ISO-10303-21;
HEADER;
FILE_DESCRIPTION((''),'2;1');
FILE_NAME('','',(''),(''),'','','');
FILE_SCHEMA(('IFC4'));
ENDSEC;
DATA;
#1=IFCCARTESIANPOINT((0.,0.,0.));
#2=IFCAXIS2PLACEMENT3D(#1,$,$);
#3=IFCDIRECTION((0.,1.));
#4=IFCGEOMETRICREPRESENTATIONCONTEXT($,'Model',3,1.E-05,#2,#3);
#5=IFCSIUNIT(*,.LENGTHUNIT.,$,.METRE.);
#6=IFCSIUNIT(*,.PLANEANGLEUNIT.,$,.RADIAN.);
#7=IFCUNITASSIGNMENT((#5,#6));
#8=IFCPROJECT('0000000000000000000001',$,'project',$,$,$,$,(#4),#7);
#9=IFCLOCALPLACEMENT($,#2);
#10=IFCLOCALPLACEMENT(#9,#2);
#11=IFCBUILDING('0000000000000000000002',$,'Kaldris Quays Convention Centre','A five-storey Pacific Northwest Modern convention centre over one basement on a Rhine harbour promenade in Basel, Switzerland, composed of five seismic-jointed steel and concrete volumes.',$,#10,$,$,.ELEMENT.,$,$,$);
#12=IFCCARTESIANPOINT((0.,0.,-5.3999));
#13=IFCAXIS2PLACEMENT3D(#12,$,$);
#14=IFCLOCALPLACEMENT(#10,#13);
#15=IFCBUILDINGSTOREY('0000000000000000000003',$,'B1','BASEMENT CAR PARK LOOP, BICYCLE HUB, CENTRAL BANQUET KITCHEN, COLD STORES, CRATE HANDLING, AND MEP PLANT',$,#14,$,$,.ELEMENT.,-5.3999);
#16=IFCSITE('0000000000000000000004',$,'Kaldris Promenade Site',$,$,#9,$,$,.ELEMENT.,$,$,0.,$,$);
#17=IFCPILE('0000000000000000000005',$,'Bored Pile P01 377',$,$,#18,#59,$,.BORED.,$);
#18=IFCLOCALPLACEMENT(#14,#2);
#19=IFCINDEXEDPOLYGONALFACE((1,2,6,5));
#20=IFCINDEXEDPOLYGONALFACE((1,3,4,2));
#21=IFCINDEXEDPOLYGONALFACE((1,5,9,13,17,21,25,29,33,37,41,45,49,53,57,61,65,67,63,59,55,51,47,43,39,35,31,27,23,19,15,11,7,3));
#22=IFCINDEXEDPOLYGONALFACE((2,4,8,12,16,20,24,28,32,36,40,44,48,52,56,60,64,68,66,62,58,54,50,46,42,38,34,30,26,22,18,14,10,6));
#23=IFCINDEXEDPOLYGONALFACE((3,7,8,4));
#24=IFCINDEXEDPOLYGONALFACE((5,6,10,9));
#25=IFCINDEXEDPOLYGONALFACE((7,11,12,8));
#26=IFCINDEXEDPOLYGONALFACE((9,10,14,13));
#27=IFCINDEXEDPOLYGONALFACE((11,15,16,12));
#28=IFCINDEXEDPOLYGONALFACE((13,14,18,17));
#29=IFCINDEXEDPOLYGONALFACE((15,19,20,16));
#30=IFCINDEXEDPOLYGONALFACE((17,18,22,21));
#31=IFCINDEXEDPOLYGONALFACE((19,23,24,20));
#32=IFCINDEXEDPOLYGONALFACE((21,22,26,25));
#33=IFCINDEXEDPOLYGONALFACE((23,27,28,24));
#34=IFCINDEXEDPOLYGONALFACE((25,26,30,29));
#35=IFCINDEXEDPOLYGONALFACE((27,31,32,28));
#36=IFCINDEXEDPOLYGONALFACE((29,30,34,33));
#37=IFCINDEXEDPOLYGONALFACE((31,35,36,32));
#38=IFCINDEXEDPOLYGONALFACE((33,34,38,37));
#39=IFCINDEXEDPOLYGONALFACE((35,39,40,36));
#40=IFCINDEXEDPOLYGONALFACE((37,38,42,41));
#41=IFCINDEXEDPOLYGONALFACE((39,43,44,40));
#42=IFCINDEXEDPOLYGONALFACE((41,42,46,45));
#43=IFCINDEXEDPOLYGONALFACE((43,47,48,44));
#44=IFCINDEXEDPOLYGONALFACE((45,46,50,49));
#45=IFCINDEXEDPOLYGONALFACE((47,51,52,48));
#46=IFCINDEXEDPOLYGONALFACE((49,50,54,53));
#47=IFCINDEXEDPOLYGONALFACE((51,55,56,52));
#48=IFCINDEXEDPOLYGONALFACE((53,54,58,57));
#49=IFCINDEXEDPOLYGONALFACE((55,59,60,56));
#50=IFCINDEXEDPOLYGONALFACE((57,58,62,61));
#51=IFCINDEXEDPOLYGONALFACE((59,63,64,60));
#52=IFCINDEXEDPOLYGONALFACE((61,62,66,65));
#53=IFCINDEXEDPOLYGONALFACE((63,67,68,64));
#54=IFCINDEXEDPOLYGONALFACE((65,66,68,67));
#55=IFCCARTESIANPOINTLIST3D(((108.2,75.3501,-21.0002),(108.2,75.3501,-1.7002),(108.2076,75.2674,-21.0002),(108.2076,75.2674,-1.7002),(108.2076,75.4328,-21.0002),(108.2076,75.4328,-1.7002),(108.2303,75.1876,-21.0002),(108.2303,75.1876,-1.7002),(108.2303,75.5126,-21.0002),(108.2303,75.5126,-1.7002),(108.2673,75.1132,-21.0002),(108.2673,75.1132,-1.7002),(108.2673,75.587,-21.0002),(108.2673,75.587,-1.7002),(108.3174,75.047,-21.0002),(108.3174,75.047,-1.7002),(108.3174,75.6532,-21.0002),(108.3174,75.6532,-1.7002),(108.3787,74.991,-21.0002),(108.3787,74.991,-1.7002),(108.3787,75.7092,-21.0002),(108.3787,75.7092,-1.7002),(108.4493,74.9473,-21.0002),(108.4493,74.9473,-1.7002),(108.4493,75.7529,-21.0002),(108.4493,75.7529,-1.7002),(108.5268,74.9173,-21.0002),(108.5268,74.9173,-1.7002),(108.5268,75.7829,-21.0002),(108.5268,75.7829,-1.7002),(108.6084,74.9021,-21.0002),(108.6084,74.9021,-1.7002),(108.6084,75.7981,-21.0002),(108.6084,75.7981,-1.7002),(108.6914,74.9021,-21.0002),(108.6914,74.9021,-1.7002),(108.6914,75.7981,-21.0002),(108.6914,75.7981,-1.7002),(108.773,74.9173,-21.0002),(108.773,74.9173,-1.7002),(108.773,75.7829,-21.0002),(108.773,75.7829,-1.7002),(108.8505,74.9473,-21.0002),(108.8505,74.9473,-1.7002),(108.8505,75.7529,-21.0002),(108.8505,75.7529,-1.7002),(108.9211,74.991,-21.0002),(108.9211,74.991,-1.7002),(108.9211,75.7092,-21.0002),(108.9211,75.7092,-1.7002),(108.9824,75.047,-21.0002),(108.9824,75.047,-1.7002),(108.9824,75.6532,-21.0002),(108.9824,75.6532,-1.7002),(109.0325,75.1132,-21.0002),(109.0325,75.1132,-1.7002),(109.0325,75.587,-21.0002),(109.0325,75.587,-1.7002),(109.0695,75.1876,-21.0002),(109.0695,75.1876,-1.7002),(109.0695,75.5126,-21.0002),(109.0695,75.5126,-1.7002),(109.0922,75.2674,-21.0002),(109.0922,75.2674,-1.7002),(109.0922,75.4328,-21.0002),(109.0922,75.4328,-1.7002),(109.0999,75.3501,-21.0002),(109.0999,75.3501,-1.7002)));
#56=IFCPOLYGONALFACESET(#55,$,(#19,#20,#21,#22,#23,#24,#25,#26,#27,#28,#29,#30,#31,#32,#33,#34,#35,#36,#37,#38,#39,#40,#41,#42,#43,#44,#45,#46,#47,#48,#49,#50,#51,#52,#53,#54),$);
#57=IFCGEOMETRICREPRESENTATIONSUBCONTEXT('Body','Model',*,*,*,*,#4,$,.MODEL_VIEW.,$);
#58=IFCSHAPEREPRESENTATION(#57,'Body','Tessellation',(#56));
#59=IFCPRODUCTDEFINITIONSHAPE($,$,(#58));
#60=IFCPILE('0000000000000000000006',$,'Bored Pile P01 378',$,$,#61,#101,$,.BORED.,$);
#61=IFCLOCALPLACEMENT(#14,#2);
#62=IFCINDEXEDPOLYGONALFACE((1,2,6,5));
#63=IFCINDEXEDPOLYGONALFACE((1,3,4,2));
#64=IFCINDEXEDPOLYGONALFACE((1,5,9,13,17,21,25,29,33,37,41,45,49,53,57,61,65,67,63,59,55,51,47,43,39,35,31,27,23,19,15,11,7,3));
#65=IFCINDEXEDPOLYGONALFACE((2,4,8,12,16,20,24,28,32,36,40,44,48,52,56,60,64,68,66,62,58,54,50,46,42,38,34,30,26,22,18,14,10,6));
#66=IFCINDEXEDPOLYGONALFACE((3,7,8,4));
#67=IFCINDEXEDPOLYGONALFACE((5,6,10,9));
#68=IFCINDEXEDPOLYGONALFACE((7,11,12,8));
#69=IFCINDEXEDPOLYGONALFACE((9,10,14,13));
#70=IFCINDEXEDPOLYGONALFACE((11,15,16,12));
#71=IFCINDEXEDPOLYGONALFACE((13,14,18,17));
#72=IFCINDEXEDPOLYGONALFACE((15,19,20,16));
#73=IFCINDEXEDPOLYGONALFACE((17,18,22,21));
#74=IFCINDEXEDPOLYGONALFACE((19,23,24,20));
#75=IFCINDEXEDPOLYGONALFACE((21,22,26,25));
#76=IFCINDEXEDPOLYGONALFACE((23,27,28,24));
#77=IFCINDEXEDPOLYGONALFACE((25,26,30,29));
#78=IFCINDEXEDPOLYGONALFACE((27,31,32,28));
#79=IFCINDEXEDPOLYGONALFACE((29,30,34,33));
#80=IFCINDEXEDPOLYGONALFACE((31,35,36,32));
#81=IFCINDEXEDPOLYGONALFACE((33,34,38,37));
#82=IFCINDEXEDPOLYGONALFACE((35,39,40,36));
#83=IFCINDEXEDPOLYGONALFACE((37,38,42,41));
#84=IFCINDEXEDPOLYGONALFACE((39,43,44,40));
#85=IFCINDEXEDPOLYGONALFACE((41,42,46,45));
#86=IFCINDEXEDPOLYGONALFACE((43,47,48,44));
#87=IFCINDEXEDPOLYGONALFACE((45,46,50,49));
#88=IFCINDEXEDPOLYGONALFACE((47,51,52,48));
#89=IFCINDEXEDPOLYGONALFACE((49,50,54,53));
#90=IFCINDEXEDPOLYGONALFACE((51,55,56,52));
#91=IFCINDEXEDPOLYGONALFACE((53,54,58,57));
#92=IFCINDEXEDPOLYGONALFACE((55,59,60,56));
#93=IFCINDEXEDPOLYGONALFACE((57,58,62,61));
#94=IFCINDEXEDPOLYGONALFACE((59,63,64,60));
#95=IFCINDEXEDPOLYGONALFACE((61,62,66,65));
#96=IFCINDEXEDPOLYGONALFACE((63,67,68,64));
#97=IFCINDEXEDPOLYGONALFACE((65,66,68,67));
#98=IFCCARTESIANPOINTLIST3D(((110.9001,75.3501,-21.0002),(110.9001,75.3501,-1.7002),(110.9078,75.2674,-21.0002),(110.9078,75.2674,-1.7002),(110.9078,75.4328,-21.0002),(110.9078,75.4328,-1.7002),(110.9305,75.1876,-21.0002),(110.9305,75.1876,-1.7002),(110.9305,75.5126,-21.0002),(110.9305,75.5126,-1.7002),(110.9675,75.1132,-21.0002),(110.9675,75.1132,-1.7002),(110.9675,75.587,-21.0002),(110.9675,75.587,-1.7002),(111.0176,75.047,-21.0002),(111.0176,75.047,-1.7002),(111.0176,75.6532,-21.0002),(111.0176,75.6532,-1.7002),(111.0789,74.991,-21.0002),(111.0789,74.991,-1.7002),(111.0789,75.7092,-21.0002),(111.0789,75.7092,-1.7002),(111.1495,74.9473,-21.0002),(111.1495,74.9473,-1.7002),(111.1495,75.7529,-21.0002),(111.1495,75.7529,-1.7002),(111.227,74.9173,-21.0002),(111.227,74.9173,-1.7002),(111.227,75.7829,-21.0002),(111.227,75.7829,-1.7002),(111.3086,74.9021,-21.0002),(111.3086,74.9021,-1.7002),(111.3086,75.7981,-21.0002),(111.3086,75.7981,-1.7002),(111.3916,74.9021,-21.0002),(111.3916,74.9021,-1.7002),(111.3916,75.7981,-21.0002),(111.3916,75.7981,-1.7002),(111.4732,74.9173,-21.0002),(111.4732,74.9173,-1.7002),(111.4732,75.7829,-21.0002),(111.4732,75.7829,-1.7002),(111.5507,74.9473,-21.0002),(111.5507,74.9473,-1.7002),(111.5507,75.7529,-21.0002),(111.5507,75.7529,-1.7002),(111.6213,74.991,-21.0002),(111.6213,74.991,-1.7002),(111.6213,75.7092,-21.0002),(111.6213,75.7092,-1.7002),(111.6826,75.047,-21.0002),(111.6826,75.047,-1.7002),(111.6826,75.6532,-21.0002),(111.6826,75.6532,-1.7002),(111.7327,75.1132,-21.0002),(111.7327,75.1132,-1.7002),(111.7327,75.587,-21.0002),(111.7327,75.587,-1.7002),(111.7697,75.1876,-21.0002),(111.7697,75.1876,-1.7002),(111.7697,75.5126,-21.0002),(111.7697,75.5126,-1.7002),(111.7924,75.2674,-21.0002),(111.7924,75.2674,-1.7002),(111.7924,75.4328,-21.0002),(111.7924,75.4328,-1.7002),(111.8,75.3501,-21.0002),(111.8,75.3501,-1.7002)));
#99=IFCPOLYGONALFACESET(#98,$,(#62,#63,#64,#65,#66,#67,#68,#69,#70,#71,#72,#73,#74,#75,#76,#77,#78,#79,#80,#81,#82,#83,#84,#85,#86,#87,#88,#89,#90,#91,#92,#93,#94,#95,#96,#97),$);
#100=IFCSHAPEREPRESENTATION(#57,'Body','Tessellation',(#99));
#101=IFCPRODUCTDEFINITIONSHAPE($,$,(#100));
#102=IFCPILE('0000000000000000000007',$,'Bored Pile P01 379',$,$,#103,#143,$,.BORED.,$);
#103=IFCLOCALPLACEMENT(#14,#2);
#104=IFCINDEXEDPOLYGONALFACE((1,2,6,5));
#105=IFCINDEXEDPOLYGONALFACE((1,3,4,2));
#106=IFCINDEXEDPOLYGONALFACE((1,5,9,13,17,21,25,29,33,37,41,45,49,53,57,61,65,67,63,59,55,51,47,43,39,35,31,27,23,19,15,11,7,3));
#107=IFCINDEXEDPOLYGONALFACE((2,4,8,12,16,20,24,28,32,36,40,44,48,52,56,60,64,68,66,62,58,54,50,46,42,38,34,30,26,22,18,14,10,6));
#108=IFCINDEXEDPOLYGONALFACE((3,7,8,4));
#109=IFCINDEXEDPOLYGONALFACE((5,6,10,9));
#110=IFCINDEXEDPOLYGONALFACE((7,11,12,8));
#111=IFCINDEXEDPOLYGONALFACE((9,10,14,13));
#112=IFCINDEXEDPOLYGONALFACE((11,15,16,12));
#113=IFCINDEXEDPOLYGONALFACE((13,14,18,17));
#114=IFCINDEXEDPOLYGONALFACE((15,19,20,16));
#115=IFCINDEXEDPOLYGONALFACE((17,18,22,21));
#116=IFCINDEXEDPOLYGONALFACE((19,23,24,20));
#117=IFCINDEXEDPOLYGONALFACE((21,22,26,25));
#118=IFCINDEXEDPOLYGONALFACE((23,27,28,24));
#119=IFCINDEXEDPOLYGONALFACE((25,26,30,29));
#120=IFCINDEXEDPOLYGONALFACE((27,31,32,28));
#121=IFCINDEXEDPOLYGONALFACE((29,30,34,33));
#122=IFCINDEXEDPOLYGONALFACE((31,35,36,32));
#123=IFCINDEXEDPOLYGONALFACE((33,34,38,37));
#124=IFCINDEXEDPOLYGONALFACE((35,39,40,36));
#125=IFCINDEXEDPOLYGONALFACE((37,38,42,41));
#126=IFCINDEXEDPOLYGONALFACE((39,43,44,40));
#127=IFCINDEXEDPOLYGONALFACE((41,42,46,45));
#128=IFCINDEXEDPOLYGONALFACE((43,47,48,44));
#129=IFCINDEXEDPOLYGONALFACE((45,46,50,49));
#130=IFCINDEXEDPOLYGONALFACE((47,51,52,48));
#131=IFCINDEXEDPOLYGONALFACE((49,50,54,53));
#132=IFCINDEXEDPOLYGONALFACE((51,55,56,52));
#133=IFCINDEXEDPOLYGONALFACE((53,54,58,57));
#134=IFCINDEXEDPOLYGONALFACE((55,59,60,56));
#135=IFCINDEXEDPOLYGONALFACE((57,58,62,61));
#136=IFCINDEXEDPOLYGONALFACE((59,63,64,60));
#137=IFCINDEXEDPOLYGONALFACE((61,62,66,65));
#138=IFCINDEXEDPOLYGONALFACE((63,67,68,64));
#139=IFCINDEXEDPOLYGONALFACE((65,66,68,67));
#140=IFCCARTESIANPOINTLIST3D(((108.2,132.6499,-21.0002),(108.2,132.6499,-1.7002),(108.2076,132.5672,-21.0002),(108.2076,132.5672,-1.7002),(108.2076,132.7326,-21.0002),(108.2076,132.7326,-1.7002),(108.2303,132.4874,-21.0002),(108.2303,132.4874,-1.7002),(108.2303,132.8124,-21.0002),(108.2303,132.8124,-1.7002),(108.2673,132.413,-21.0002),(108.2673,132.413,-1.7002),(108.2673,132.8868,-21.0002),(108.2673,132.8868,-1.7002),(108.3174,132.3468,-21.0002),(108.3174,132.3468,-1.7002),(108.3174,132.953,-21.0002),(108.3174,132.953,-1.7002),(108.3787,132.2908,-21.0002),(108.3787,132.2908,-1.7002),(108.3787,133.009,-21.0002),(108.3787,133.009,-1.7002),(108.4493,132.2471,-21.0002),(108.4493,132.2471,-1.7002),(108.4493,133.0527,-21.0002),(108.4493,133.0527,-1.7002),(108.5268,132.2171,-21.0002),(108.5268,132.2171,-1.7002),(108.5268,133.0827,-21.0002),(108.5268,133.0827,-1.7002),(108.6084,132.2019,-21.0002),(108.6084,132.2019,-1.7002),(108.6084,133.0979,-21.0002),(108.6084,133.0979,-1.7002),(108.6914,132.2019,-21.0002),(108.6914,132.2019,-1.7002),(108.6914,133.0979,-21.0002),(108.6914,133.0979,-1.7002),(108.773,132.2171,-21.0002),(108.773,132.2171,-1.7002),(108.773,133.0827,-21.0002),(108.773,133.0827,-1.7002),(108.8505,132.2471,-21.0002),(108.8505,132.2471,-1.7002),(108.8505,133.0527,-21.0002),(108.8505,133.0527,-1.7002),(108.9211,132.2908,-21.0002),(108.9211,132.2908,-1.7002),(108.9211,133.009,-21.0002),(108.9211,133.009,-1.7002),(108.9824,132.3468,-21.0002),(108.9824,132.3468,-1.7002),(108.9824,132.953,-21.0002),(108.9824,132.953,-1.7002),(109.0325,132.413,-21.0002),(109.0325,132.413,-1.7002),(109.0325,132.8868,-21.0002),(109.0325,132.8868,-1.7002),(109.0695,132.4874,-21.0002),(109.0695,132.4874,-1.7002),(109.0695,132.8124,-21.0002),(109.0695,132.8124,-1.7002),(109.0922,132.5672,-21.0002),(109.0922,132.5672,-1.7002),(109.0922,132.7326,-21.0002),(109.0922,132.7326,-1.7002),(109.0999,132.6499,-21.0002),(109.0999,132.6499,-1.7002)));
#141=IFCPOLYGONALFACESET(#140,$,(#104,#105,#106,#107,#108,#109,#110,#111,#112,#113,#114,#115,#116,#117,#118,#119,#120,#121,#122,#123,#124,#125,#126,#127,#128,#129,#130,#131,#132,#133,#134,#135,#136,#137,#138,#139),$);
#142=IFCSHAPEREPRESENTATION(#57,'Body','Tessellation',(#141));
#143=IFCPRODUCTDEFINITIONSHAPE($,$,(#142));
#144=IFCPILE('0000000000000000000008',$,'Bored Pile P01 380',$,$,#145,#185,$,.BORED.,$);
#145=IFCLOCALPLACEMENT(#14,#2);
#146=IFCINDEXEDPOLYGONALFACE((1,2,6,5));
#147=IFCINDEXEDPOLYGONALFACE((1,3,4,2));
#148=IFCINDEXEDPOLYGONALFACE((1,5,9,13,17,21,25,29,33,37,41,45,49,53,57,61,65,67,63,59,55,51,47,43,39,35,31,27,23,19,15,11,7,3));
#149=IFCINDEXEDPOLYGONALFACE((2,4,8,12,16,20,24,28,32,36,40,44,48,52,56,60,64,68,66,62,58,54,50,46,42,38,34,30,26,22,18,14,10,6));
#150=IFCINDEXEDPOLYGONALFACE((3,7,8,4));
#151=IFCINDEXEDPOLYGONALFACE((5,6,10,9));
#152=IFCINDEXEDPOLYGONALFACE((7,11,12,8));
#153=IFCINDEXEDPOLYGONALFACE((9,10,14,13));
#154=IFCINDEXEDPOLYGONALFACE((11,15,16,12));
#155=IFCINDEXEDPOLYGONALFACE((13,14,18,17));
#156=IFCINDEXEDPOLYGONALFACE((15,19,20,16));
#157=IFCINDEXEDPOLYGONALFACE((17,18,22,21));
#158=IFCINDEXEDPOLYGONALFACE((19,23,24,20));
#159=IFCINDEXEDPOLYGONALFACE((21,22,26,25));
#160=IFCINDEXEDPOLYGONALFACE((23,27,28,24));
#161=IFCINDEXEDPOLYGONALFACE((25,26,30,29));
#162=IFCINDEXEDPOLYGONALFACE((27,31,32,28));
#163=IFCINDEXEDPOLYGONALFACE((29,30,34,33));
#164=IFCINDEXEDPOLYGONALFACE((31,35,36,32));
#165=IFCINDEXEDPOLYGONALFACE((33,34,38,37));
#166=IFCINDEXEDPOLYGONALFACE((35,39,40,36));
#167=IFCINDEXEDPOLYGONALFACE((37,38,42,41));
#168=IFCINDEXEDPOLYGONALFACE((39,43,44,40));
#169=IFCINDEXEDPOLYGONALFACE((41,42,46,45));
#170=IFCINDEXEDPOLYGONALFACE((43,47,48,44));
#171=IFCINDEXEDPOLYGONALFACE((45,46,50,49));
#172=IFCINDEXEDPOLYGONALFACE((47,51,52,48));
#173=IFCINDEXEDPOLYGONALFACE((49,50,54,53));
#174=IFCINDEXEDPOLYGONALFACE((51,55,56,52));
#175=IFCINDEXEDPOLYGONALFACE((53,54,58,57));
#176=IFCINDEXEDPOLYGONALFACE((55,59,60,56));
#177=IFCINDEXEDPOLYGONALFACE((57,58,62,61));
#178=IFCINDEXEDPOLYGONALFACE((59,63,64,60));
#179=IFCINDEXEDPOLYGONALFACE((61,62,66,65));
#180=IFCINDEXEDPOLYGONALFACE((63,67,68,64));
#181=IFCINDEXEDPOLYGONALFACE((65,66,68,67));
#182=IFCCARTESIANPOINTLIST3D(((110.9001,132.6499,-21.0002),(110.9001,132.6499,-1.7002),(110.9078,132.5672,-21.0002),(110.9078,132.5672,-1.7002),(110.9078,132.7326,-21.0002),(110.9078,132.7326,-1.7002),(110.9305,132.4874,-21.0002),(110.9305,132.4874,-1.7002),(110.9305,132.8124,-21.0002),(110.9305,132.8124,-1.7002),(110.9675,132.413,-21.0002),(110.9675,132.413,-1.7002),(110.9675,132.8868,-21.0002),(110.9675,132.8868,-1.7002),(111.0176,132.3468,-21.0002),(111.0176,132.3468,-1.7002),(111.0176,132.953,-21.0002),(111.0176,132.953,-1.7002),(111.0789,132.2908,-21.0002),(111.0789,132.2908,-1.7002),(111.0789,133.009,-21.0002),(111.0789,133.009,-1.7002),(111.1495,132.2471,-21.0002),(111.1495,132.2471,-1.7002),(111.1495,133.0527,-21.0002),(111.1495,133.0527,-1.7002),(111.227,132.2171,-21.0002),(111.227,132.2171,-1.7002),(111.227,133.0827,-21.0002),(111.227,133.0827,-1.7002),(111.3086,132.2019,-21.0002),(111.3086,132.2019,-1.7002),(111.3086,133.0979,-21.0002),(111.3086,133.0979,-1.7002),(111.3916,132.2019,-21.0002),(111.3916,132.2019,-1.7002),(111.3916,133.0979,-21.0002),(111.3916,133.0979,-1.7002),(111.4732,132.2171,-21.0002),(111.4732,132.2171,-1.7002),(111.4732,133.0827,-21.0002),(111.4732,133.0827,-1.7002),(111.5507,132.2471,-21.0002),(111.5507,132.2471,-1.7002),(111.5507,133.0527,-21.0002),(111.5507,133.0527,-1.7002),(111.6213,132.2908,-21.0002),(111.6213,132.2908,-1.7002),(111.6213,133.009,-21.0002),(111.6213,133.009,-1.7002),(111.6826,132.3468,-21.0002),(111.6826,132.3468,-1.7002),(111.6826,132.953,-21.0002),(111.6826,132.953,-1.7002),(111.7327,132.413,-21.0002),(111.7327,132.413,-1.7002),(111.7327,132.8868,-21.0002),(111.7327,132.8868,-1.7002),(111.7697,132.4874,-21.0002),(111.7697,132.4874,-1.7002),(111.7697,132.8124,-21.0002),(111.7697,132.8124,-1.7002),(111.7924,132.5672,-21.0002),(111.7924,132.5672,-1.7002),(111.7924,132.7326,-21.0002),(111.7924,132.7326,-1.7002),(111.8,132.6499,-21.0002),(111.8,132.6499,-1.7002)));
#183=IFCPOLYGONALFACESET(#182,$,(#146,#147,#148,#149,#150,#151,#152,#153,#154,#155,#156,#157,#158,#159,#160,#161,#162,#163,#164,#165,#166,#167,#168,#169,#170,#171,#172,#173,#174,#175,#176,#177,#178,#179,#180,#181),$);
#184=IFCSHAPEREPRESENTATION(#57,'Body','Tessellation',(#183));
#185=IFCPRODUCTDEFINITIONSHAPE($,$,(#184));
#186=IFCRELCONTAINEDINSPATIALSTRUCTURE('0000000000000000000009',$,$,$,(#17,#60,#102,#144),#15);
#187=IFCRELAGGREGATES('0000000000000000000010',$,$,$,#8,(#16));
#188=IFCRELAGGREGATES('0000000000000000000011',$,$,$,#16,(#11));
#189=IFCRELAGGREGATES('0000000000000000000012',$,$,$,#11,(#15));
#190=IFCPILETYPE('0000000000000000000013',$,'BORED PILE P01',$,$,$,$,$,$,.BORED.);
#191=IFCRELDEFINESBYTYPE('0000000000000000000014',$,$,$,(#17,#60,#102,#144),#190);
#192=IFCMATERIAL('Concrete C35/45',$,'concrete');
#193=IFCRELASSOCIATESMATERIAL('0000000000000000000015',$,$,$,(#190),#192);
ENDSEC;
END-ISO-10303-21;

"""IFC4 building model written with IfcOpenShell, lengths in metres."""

from ifc_helpers import new_model, si_unit, direction, frame, origin, origin_2d, place, context, subcontext, project, spatial, circle, extrude, material, material_profile, profile_set, type_object, element, save


model = new_model("IFC4")

# Units and contexts
model_context = context("Model", 3, precision=1e-05, world=origin(), true_north=direction((0.0, 1.0)))
body_context = subcontext(model_context, "Body", "Model", "MODEL_VIEW")
ifc_project = project(units=[si_unit("LENGTHUNIT", "METRE"), si_unit("PLANEANGLEUNIT", "RADIAN")], contexts=[model_context])

# Site, building, storey
site_placement = place(None, origin())
site = spatial("IfcSite", under=ifc_project, at=site_placement, Name="Kaldris Promenade Site", CompositionType="ELEMENT", RefElevation=0.0)
building_placement = place(site_placement, origin())
building = spatial("IfcBuilding", under=site, at=building_placement, Name="Kaldris Quays Convention Centre", Description="A five-storey Pacific Northwest Modern convention centre over one basement on a Rhine harbour promenade in Basel, Switzerland, composed of five seismic-jointed steel and concrete volumes.", CompositionType="ELEMENT")
storey_placement = place(building_placement, frame((0.0, 0.0, -5.3999)))
storey = spatial("IfcBuildingStorey", under=building, at=storey_placement, Name="B1", Description="BASEMENT CAR PARK LOOP, BICYCLE HUB, CENTRAL BANQUET KITCHEN, COLD STORES, CRATE HANDLING, AND MEP PLANT", CompositionType="ELEMENT", Elevation=-5.3999)

# Piles
ifc_material_1 = material(Name="Concrete C35/45", Category="concrete")
ifc_material_profile_1 = material_profile(ifc_material_1, circle(Radius=0.45, at=origin_2d()), Name="BORED PILE D900")
ifc_profile_set_1 = profile_set([ifc_material_profile_1], Name="Concrete C35/45")
pile_type = type_object("IfcPileType", Name="BORED PILE P01", PredefinedType="BORED", material=ifc_profile_set_1)
for number, where, z_axis, x_axis, name in (
    (1, (108.6499, 75.3501, -1.7002), (0.0, 0.0, -1.0), (1.0, 0.0, 0.0), "Bored Pile P01 377"),
    (2, (111.3501, 75.3501, -1.7002), (0.0, 0.0, -1.0), (1.0, 0.0, 0.0), "Bored Pile P01 378"),
    (3, (108.6499, 132.6499, -1.7002), (0.0, 0.0, -1.0), (1.0, 0.0, 0.0), "Bored Pile P01 379"),
    (4, (111.3501, 132.6499, -1.7002), (0.0, 0.0, -1.0), (1.0, 0.0, 0.0), "Bored Pile P01 380"),
):
    element("IfcPile", number, at=place(storey_placement, frame(where, z_axis=z_axis, x_axis=x_axis)), inside=storey, type_object=pile_type, Name=name, PredefinedType="BORED", context=body_context, shape_type="SweptSolid", body=[
        extrude(circle(Radius=0.45, at=origin_2d()), origin(), (0.0, 0.0, 1.0), 19.3),
    ])

save(model, "model.ifc")
